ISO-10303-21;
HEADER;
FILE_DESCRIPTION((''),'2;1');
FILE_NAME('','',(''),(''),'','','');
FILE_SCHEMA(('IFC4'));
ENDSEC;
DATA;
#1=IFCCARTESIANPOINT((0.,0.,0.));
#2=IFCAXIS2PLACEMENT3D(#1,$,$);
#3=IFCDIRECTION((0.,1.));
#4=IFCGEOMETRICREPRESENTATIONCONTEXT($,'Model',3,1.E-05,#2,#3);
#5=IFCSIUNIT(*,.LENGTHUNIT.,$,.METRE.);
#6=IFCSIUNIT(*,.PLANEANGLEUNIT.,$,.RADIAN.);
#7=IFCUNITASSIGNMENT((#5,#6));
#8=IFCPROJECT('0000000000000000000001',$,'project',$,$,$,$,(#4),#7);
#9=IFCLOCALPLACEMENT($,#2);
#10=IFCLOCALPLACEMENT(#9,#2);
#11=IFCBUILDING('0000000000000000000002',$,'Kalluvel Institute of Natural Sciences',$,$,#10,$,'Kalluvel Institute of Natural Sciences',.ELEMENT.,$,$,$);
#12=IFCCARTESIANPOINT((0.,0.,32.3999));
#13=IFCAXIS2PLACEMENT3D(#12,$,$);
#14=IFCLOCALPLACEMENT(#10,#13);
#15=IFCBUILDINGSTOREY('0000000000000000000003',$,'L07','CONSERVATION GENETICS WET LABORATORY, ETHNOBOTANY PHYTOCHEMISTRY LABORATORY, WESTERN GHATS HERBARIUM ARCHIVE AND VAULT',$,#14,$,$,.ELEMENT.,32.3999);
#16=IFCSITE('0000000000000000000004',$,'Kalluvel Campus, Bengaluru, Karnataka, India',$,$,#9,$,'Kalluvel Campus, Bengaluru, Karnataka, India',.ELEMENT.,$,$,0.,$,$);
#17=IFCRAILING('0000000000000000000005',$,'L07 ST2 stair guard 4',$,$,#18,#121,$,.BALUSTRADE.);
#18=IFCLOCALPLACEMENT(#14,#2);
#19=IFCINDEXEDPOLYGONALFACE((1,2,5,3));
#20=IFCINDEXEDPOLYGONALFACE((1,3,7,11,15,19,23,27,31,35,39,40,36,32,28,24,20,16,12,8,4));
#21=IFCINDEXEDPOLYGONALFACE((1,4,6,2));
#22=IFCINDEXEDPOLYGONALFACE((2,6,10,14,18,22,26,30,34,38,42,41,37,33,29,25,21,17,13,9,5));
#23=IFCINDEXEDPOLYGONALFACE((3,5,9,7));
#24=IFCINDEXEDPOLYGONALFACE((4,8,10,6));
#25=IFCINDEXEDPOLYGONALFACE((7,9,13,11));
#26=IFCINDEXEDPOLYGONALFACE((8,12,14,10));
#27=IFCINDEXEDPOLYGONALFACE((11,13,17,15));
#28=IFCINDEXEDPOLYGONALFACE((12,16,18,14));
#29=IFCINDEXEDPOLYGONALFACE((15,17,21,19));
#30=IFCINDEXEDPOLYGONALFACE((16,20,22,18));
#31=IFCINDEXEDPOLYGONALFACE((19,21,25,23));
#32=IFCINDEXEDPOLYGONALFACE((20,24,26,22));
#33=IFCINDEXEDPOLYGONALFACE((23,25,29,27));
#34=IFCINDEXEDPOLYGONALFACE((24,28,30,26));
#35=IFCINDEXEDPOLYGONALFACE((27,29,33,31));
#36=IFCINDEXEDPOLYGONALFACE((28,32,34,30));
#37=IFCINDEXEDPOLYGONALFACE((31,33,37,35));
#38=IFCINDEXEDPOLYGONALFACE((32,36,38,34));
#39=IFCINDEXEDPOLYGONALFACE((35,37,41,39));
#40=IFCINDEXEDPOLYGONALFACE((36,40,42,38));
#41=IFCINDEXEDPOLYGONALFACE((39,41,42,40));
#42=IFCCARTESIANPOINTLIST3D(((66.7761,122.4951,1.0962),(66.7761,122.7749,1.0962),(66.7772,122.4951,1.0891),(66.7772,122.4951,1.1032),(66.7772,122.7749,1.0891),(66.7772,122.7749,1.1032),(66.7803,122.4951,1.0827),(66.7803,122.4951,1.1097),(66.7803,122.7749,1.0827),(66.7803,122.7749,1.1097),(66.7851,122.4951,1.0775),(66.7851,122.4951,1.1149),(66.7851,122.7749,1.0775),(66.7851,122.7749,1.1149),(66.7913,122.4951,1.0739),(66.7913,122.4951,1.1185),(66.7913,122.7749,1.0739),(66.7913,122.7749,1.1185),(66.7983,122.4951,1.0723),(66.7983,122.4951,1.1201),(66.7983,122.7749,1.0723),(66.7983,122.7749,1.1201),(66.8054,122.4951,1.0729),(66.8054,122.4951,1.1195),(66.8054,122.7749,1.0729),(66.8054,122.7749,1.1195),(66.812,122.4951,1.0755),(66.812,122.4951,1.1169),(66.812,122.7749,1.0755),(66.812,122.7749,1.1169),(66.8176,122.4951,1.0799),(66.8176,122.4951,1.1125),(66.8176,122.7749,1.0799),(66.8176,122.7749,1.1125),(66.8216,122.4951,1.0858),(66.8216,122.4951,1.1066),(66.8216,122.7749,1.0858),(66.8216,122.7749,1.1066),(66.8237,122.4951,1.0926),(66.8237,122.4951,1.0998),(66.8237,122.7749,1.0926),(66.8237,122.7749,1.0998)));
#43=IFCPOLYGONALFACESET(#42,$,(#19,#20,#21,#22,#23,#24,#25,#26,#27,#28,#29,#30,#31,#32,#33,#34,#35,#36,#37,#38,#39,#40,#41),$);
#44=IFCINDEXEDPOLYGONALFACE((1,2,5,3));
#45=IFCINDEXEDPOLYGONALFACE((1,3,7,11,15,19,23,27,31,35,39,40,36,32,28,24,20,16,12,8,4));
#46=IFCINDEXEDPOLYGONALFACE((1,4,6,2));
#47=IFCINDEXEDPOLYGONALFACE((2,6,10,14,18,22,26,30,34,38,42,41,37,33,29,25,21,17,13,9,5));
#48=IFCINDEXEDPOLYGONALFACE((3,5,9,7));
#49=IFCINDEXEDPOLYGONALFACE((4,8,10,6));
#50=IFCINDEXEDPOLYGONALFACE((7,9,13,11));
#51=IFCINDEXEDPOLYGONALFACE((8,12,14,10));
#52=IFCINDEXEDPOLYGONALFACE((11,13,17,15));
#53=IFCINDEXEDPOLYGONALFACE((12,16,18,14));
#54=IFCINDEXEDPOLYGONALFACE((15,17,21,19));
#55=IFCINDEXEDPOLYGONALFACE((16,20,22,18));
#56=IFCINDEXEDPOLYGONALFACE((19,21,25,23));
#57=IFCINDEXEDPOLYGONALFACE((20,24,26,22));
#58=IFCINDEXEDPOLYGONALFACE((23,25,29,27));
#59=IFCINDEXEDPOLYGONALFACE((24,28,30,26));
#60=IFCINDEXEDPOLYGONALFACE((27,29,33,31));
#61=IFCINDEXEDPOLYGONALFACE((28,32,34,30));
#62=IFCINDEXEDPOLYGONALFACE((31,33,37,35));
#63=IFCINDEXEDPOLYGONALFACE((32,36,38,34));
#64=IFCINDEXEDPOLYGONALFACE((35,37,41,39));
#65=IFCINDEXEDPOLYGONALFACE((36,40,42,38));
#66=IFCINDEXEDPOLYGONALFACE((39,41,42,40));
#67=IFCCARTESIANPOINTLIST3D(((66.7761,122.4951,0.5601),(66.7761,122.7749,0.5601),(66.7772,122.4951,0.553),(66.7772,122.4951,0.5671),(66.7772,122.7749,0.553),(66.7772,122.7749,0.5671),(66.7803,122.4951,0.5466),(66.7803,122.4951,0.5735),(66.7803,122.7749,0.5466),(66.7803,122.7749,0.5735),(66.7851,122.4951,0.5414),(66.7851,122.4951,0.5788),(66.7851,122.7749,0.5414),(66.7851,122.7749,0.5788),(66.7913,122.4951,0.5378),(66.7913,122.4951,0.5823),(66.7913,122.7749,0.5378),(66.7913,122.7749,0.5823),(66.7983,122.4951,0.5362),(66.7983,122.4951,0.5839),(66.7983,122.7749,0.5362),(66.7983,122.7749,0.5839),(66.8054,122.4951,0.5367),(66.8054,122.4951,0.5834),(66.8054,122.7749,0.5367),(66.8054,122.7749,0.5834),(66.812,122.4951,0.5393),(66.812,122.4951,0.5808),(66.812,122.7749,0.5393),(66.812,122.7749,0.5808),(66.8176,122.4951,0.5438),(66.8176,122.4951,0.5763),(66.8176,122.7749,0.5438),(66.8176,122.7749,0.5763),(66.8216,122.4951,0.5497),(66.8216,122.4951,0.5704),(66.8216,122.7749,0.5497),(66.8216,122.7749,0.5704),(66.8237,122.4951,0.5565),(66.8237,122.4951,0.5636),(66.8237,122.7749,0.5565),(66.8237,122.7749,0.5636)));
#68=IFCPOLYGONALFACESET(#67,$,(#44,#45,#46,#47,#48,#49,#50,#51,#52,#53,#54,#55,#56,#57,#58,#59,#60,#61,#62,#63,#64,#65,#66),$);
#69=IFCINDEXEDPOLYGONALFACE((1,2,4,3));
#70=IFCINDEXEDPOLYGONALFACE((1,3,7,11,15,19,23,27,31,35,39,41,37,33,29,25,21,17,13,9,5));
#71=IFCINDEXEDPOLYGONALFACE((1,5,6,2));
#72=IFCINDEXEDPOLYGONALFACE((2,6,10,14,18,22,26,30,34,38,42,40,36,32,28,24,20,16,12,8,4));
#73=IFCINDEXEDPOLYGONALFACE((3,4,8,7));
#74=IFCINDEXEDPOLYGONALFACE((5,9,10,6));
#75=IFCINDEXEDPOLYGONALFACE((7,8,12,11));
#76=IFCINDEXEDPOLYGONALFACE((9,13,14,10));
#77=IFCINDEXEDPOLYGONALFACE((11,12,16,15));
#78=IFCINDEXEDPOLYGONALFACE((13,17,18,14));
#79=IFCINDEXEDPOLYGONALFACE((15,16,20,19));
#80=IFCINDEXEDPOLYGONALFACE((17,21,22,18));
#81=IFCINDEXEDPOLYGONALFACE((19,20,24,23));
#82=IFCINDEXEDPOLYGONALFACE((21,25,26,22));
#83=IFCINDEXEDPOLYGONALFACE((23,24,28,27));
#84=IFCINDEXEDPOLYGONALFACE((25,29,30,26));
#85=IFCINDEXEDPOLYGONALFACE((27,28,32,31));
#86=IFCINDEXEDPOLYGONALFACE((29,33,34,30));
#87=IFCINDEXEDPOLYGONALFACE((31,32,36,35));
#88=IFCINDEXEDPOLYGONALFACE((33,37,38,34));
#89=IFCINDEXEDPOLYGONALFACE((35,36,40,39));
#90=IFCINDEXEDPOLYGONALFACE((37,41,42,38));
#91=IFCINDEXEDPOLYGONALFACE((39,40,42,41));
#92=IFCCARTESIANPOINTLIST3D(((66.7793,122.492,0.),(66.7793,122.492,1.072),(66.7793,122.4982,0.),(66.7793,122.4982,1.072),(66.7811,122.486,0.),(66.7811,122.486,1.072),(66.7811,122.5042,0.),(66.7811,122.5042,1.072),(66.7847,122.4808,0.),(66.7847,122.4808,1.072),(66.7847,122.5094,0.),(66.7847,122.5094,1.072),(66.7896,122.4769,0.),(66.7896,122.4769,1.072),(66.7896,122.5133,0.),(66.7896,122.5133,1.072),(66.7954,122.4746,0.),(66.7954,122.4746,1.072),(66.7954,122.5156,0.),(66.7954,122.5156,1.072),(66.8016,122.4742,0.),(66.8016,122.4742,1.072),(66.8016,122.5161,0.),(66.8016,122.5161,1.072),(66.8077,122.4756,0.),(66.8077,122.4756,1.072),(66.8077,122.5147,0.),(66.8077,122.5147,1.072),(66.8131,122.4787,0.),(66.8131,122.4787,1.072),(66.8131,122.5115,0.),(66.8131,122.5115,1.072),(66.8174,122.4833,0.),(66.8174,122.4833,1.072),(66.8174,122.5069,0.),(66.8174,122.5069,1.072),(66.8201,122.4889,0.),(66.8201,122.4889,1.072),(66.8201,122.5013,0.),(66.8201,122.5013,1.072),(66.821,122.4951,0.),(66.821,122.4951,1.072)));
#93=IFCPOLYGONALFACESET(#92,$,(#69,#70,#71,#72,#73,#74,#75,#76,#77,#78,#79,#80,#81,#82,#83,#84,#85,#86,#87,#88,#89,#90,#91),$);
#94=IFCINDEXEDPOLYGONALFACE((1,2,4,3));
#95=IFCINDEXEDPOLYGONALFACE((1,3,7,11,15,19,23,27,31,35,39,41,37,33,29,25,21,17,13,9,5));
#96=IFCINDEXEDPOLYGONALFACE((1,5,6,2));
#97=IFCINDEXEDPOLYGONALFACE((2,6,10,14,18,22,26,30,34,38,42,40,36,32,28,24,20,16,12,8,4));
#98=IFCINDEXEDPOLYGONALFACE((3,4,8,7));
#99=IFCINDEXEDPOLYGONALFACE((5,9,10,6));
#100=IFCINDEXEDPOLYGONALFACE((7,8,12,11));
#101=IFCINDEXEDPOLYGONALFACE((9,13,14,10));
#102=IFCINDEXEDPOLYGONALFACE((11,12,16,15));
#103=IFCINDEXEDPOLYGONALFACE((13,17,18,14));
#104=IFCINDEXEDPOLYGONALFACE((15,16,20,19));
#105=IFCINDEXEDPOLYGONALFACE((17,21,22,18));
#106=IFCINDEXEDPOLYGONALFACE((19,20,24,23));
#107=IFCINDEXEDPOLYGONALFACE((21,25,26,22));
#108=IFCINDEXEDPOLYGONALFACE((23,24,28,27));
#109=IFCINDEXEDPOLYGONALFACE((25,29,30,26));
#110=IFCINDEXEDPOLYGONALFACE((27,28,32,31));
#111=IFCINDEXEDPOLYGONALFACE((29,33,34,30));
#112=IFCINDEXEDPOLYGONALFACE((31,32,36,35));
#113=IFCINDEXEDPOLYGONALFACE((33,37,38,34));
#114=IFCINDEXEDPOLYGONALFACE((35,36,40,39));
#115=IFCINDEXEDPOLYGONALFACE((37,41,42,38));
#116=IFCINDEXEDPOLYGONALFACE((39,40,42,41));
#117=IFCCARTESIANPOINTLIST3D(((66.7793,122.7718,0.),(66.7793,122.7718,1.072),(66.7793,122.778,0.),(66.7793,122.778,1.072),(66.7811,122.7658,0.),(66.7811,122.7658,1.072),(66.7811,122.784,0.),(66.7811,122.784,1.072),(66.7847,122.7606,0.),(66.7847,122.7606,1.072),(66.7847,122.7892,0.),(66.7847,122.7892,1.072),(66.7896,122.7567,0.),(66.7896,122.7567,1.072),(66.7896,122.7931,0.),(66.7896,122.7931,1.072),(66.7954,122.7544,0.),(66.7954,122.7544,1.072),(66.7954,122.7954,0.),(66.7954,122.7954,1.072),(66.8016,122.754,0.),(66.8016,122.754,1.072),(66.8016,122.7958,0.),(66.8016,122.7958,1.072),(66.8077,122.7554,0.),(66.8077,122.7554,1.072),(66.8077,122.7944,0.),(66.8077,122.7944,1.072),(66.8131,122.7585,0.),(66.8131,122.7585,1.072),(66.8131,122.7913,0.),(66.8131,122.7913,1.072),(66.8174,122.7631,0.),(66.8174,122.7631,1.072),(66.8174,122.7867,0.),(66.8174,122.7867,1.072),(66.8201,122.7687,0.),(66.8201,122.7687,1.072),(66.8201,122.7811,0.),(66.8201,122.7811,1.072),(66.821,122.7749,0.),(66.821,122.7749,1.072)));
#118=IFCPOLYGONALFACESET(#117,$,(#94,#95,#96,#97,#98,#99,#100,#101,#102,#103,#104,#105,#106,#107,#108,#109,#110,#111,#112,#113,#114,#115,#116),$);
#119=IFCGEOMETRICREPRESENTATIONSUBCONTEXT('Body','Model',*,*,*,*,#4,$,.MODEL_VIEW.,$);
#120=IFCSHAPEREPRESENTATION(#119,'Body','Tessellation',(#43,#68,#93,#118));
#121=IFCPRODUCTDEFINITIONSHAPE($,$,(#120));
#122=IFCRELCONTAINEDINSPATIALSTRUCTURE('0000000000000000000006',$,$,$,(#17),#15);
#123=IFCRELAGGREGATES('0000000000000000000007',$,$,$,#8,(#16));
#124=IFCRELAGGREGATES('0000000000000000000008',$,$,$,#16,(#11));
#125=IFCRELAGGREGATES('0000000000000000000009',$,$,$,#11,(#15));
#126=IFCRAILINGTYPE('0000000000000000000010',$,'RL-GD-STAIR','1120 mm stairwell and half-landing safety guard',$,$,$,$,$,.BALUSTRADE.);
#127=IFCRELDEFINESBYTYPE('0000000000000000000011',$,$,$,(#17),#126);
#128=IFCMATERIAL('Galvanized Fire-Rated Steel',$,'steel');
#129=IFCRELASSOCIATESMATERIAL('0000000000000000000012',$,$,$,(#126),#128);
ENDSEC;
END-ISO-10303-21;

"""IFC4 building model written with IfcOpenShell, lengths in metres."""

from ifc_helpers import new_model, si_unit, direction, frame, origin, origin_2d, place, context, subcontext, project, spatial, circle, extrude, material, type_object, element, save


model = new_model("IFC4")

# Units and contexts
model_context = context("Model", 3, precision=1e-05, world=origin(), true_north=direction((0.0, 1.0)))
body_context = subcontext(model_context, "Body", "Model", "MODEL_VIEW")
ifc_project = project(units=[si_unit("LENGTHUNIT", "METRE"), si_unit("PLANEANGLEUNIT", "RADIAN")], contexts=[model_context])

# Site, building, storey
site_placement = place(None, origin())
site = spatial("IfcSite", under=ifc_project, at=site_placement, Name="Kalluvel Campus, Bengaluru, Karnataka, India", LongName="Kalluvel Campus, Bengaluru, Karnataka, India", CompositionType="ELEMENT", RefElevation=0.0)
building_placement = place(site_placement, origin())
building = spatial("IfcBuilding", under=site, at=building_placement, Name="Kalluvel Institute of Natural Sciences", LongName="Kalluvel Institute of Natural Sciences", CompositionType="ELEMENT")
storey_placement = place(building_placement, frame((0.0, 0.0, 32.3999)))
storey = spatial("IfcBuildingStorey", under=building, at=storey_placement, Name="L07", Description="CONSERVATION GENETICS WET LABORATORY, ETHNOBOTANY PHYTOCHEMISTRY LABORATORY, WESTERN GHATS HERBARIUM ARCHIVE AND VAULT", CompositionType="ELEMENT", Elevation=32.3999)

# Shared definitions
ifc_material_1 = material(Name="Galvanized Fire-Rated Steel", Category="steel")

# Railing
railing_type_1 = type_object("IfcRailingType", Name="RL-GD-STAIR", Description="1120 mm stairwell and half-landing safety guard", PredefinedType="BALUSTRADE", material=ifc_material_1)
railing_1_placement = place(storey_placement, frame((66.8, 122.4951, 0.0)))
element("IfcRailing", 1, at=railing_1_placement, inside=storey, type_object=railing_type_1, Name="L07 ST2 stair guard 4", PredefinedType="BALUSTRADE", context=body_context, shape_type="SweptSolid", body=[
    extrude(circle(Radius=0.0239, at=origin_2d()), frame((0.0, 0.0, 1.0962), z_axis=(0.0, 1.0, 0.0), x_axis=(-1.0, 0.0, 0.0)), (0.0, 0.0, 1.0), 0.2798),
    extrude(circle(Radius=0.0239, at=origin_2d()), frame((0.0, 0.0, 0.5601), z_axis=(0.0, 1.0, 0.0), x_axis=(-1.0, 0.0, 0.0)), (0.0, 0.0, 1.0), 0.2798),
    extrude(circle(Radius=0.021, at=origin_2d()), origin(), (0.0, 0.0, 1.0), 1.072),
    extrude(circle(Radius=0.021, at=origin_2d()), frame((0.0, 0.2798, 0.0)), (0.0, 0.0, 1.0), 1.072),
])

save(model, "model.ifc")
